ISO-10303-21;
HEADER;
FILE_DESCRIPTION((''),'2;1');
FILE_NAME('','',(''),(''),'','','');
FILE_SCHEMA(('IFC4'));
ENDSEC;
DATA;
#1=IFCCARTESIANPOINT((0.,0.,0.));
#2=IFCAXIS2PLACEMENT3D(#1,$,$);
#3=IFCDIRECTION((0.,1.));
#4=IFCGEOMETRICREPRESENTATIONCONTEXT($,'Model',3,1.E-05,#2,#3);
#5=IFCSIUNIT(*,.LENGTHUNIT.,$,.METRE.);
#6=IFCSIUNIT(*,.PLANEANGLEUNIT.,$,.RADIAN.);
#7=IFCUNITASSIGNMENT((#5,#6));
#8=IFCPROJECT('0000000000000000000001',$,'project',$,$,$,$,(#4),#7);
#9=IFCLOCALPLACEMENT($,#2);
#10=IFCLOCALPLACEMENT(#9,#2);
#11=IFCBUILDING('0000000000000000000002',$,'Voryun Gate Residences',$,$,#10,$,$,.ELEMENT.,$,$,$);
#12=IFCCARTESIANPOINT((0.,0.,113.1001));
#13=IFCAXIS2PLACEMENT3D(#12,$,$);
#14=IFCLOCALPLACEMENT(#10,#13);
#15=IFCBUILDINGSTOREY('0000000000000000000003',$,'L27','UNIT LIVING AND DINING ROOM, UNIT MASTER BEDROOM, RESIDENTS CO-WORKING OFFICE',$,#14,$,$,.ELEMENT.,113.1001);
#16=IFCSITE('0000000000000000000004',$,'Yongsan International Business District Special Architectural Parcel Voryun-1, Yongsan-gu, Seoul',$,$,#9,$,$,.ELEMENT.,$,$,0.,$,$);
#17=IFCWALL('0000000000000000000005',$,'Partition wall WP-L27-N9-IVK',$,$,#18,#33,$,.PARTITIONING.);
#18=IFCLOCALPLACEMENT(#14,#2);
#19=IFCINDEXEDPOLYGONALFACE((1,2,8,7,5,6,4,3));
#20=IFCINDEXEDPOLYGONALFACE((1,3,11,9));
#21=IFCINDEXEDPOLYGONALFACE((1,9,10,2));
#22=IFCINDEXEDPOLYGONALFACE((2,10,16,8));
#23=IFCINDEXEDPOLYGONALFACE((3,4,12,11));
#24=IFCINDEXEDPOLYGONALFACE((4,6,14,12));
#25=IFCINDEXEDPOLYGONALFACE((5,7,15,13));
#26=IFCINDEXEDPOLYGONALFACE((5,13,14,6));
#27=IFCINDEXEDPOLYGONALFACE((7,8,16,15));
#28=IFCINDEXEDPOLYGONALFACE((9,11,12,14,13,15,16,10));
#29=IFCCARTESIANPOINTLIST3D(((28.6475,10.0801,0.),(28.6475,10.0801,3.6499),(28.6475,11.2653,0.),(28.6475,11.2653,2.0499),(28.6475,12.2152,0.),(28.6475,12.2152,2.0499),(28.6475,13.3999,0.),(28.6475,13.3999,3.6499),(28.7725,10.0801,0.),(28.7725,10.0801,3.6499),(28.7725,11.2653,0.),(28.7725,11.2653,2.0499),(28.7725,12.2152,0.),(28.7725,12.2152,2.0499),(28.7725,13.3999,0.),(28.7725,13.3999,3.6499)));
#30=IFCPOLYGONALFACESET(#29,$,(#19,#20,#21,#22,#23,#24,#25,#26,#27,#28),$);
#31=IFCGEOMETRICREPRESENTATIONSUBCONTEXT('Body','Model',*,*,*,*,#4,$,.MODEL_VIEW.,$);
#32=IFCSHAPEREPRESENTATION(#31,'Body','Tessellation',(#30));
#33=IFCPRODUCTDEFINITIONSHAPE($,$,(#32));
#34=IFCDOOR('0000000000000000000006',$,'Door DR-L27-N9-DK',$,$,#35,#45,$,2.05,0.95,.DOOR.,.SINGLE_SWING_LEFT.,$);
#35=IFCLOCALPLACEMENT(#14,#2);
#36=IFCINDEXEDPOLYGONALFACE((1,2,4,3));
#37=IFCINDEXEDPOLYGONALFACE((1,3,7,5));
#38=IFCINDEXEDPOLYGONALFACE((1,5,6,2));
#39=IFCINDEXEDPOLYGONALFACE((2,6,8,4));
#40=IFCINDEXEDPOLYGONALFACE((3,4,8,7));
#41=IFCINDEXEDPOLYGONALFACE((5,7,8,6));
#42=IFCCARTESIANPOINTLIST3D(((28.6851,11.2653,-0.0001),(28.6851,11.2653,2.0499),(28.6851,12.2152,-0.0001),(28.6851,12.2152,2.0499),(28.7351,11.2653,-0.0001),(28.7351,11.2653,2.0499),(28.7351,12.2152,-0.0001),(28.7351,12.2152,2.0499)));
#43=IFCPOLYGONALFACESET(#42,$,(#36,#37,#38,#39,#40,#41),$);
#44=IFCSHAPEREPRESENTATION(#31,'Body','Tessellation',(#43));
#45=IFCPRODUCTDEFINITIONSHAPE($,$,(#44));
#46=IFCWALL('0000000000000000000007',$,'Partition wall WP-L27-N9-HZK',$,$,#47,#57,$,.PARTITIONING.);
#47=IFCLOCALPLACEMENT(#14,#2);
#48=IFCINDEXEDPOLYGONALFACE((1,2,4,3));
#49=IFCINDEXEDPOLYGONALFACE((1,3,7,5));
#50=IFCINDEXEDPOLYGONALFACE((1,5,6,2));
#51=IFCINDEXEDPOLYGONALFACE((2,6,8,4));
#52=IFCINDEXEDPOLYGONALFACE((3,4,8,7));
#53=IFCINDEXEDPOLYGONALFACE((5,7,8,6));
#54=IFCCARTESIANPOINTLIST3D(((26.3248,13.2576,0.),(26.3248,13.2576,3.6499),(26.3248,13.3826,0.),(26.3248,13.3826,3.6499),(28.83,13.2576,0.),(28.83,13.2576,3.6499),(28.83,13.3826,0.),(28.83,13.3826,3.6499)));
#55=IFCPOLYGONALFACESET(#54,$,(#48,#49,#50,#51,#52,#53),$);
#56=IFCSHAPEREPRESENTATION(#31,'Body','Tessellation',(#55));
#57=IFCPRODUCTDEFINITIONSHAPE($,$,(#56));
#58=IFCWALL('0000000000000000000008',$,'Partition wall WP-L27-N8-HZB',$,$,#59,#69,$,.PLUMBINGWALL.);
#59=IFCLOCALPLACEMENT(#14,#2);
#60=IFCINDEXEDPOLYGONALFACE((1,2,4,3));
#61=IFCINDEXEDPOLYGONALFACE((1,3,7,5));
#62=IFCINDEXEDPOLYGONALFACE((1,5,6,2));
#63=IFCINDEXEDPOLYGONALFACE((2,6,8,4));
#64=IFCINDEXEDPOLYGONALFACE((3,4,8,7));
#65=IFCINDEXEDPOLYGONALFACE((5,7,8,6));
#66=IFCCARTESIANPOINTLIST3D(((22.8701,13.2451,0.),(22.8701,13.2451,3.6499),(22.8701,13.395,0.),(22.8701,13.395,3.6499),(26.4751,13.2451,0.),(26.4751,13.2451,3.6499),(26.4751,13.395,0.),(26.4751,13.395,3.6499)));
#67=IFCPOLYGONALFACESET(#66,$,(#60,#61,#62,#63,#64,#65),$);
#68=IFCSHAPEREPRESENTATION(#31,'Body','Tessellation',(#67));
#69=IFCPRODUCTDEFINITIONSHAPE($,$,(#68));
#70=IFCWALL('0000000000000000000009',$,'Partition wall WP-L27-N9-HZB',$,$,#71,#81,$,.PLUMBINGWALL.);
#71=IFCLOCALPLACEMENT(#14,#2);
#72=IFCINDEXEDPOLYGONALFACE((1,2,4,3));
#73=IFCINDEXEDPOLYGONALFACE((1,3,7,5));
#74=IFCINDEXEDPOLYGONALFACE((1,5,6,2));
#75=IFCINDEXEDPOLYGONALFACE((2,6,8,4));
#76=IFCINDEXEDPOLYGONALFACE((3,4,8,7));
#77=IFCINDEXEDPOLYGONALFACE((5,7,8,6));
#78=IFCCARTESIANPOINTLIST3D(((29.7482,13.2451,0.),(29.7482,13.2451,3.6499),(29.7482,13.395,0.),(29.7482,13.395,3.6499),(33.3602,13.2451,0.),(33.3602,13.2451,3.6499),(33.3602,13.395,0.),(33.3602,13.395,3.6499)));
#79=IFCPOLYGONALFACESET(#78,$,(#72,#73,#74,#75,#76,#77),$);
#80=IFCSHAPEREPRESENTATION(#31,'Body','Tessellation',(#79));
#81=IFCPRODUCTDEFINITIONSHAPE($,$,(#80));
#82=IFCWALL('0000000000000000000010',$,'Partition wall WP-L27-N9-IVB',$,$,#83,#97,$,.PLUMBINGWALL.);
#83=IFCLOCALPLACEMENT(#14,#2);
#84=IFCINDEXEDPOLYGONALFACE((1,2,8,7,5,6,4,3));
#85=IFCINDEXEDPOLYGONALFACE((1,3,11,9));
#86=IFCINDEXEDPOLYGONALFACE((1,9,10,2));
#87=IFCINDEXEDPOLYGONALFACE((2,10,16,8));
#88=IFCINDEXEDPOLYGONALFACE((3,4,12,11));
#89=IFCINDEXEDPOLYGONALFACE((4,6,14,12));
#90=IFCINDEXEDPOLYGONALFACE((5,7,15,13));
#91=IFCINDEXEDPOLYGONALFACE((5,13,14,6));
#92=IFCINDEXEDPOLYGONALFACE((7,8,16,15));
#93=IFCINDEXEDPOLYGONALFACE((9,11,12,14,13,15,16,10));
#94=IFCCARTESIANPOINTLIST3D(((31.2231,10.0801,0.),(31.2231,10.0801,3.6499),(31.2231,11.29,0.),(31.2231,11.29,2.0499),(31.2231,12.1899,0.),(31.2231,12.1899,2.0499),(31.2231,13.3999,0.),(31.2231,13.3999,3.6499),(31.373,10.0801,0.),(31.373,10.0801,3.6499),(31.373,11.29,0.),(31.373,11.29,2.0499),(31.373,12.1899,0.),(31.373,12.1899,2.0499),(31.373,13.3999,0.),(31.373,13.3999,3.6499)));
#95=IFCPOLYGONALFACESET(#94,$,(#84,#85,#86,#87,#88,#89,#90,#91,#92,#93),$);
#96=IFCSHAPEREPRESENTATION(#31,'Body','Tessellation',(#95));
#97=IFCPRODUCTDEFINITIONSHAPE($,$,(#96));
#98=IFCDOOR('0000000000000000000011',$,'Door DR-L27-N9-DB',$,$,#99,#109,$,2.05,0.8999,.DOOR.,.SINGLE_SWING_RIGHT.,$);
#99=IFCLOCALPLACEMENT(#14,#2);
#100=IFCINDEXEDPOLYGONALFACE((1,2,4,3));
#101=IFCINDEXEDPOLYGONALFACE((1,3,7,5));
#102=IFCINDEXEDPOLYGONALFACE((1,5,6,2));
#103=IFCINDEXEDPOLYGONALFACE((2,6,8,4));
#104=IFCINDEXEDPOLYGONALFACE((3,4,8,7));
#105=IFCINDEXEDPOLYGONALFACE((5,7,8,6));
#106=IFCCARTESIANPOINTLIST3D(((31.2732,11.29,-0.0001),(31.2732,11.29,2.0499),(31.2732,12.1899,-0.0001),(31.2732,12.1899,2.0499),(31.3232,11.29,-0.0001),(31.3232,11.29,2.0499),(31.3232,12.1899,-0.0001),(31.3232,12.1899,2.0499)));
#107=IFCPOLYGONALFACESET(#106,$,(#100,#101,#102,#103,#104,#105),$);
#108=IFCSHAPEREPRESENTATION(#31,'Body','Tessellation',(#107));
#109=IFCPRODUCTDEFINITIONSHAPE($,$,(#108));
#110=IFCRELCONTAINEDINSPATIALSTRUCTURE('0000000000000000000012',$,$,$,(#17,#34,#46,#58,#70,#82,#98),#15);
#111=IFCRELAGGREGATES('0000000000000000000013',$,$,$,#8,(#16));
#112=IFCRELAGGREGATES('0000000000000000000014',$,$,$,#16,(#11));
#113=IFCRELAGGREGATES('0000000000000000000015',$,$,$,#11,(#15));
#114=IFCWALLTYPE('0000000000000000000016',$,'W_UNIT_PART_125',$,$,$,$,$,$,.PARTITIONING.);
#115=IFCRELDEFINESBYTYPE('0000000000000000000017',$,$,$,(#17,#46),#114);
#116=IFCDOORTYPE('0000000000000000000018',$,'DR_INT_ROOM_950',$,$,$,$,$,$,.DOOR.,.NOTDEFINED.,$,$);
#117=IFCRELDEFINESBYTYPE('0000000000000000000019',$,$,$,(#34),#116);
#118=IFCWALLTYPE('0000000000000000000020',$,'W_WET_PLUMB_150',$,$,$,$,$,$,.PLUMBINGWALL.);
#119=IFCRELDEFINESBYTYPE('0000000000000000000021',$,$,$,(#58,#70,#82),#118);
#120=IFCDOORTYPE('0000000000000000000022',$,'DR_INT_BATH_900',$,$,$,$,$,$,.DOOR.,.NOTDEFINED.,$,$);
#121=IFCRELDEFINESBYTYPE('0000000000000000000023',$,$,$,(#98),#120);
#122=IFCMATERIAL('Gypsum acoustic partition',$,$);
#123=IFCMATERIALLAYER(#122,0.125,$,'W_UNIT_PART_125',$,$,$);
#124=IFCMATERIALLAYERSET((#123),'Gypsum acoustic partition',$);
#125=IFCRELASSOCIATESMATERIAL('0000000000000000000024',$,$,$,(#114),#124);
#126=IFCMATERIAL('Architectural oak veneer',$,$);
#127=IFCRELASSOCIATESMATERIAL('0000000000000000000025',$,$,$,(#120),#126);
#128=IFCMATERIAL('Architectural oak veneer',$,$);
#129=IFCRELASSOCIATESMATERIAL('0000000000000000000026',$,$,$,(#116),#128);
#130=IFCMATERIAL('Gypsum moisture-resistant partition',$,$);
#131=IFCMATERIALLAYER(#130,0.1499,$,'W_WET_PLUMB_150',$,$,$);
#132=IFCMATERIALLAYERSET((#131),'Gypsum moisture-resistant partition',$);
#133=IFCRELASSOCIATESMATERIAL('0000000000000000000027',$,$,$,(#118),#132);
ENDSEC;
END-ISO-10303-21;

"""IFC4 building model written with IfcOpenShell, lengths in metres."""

from ifc_helpers import new_model, si_unit, direction, frame, frame_2d, origin, place, context, subcontext, project, spatial, rectangle, extrude, material, layer, layer_set, type_object, element, fill, save


model = new_model("IFC4")

# Units and contexts
model_context = context("Model", 3, precision=1e-05, world=origin(), true_north=direction((0.0, 1.0)))
body_context = subcontext(model_context, "Body", "Model", "MODEL_VIEW")
ifc_project = project(units=[si_unit("LENGTHUNIT", "METRE"), si_unit("PLANEANGLEUNIT", "RADIAN")], contexts=[model_context])

# Site, building, storey
site_placement = place(None, origin())
site = spatial("IfcSite", under=ifc_project, at=site_placement, Name="Yongsan International Business District Special Architectural Parcel Voryun-1, Yongsan-gu, Seoul", CompositionType="ELEMENT", RefElevation=0.0)
building_placement = place(site_placement, origin())
building = spatial("IfcBuilding", under=site, at=building_placement, Name="Voryun Gate Residences", CompositionType="ELEMENT")
storey_placement = place(building_placement, frame((0.0, 0.0, 113.1001)))
storey = spatial("IfcBuildingStorey", under=building, at=storey_placement, Name="L27", Description="UNIT LIVING AND DINING ROOM, UNIT MASTER BEDROOM, RESIDENTS CO-WORKING OFFICE", CompositionType="ELEMENT", Elevation=113.1001)

# Shared definitions
ifc_material_1 = material(Name="Gypsum acoustic partition")
ifc_layer_1 = layer(ifc_material_1, 0.125, Name="W_UNIT_PART_125")
ifc_layer_set_1 = layer_set([ifc_layer_1], Name="Gypsum acoustic partition")
wall_type_1 = type_object("IfcWallType", Name="W_UNIT_PART_125", PredefinedType="PARTITIONING", material=ifc_layer_set_1)
ifc_material_2 = material(Name="Architectural oak veneer")
door_type_1 = type_object("IfcDoorType", Name="DR_INT_BATH_900", OperationType="NOTDEFINED", PredefinedType="DOOR", material=ifc_material_2)

# Wall, opening, door
wall_1_placement = place(storey_placement, frame((28.71, 10.0801, 0.0), z_axis=(0.0, 0.0, 1.0), x_axis=(0.0, 1.0, 0.0)))
wall_1 = element("IfcWall", 1, at=wall_1_placement, inside=storey, type_object=wall_type_1, Name="Partition wall WP-L27-N9-IVK", PredefinedType="PARTITIONING", context=body_context, shape_type="SweptSolid", body=[
    extrude(rectangle(XDim=3.3198, YDim=0.125, at=frame_2d((1.6599, 0.0))), origin(), (0.0, 0.0, 1.0), 3.6499),
])
opening_1_placement = place(wall_1_placement, frame((1.1851, 0.0, 0.0)))
opening_1 = element("IfcOpeningElement", 2, at=opening_1_placement, cuts=wall_1, PredefinedType="OPENING", context=body_context, shape_type="SweptSolid", body=[
    extrude(rectangle(XDim=0.95, YDim=2.05, at=frame_2d((0.4751, 1.0249))), frame((0.0, 0.0725, 0.0), z_axis=(0.0, -1.0, 0.0), x_axis=(1.0, 0.0, 0.0)), (0.0, 0.0, 1.0), 0.145),
])
ifc_material_3 = material(Name="Architectural oak veneer")
door_type_2 = type_object("IfcDoorType", Name="DR_INT_ROOM_950", OperationType="NOTDEFINED", PredefinedType="DOOR", material=ifc_material_3)
door_1_placement = place(opening_1_placement, origin())
door_1 = element("IfcDoor", 3, at=door_1_placement, inside=storey, type_object=door_type_2, Name="Door DR-L27-N9-DK", OperationType="SINGLE_SWING_LEFT", OverallHeight=2.05, OverallWidth=0.95, PredefinedType="DOOR", context=body_context, shape_type="SweptSolid", body=[
    extrude(rectangle(XDim=0.95, YDim=2.05, at=frame_2d((0.4751, 1.0249))), frame((0.0, 0.0249, 0.0), z_axis=(0.0, -1.0, 0.0), x_axis=(1.0, 0.0, 0.0)), (0.0, 0.0, 1.0), 0.05),
])
fill(opening_1, door_1)

# Walls
wall_2_placement = place(storey_placement, frame((26.325, 13.3201, 0.0), z_axis=(0.0, 0.0, 1.0), x_axis=(1.0, 0.0, 0.0)))
element("IfcWall", 4, at=wall_2_placement, inside=storey, type_object=wall_type_1, Name="Partition wall WP-L27-N9-HZK", PredefinedType="PARTITIONING", context=body_context, shape_type="SweptSolid", body=[
    extrude(rectangle(XDim=2.5051, YDim=0.125, at=frame_2d((1.2524, 0.0))), origin(), (0.0, 0.0, 1.0), 3.6499),
])
ifc_material_4 = material(Name="Gypsum moisture-resistant partition")
ifc_layer_2 = layer(ifc_material_4, 0.1499, Name="W_WET_PLUMB_150")
ifc_layer_set_2 = layer_set([ifc_layer_2], Name="Gypsum moisture-resistant partition")
wall_type_2 = type_object("IfcWallType", Name="W_WET_PLUMB_150", PredefinedType="PLUMBINGWALL", material=ifc_layer_set_2)
wall_3_placement = place(storey_placement, frame((22.8701, 13.3201, 0.0), z_axis=(0.0, 0.0, 1.0), x_axis=(1.0, 0.0, 0.0)))
element("IfcWall", 5, at=wall_3_placement, inside=storey, type_object=wall_type_2, Name="Partition wall WP-L27-N8-HZB", PredefinedType="PLUMBINGWALL", context=body_context, shape_type="SweptSolid", body=[
    extrude(rectangle(XDim=3.605, YDim=0.1499, at=frame_2d((1.8025, 0.0))), origin(), (0.0, 0.0, 1.0), 3.6499),
])
wall_4_placement = place(storey_placement, frame((29.748, 13.3201, 0.0), z_axis=(0.0, 0.0, 1.0), x_axis=(1.0, 0.0, 0.0)))
element("IfcWall", 6, at=wall_4_placement, inside=storey, type_object=wall_type_2, Name="Partition wall WP-L27-N9-HZB", PredefinedType="PLUMBINGWALL", context=body_context, shape_type="SweptSolid", body=[
    extrude(rectangle(XDim=3.6121, YDim=0.1499, at=frame_2d((1.8062, 0.0))), origin(), (0.0, 0.0, 1.0), 3.6499),
])

# Wall, opening, door
wall_5_placement = place(storey_placement, frame((31.2981, 10.0801, 0.0), z_axis=(0.0, 0.0, 1.0), x_axis=(0.0, 1.0, 0.0)))
wall_5 = element("IfcWall", 7, at=wall_5_placement, inside=storey, type_object=wall_type_2, Name="Partition wall WP-L27-N9-IVB", PredefinedType="PLUMBINGWALL", context=body_context, shape_type="SweptSolid", body=[
    extrude(rectangle(XDim=3.3198, YDim=0.1499, at=frame_2d((1.6599, 0.0))), origin(), (0.0, 0.0, 1.0), 3.6499),
])
opening_2_placement = place(wall_5_placement, frame((1.21, 0.0, 0.0)))
opening_2 = element("IfcOpeningElement", 8, at=opening_2_placement, cuts=wall_5, PredefinedType="OPENING", context=body_context, shape_type="SweptSolid", body=[
    extrude(rectangle(XDim=0.8999, YDim=2.05, at=frame_2d((0.45, 1.0249))), frame((0.0, 0.085, 0.0), z_axis=(0.0, -1.0, 0.0), x_axis=(1.0, 0.0, 0.0)), (0.0, 0.0, 1.0), 0.1699),
])
door_2_placement = place(opening_2_placement, origin())
door_2 = element("IfcDoor", 9, at=door_2_placement, inside=storey, type_object=door_type_1, Name="Door DR-L27-N9-DB", OperationType="SINGLE_SWING_RIGHT", OverallHeight=2.05, OverallWidth=0.8999, PredefinedType="DOOR", context=body_context, shape_type="SweptSolid", body=[
    extrude(rectangle(XDim=0.8999, YDim=2.05, at=frame_2d((0.45, 1.0249))), frame((0.0, 0.0249, 0.0), z_axis=(0.0, -1.0, 0.0), x_axis=(1.0, 0.0, 0.0)), (0.0, 0.0, 1.0), 0.05),
])
fill(opening_2, door_2)

save(model, "model.ifc")
